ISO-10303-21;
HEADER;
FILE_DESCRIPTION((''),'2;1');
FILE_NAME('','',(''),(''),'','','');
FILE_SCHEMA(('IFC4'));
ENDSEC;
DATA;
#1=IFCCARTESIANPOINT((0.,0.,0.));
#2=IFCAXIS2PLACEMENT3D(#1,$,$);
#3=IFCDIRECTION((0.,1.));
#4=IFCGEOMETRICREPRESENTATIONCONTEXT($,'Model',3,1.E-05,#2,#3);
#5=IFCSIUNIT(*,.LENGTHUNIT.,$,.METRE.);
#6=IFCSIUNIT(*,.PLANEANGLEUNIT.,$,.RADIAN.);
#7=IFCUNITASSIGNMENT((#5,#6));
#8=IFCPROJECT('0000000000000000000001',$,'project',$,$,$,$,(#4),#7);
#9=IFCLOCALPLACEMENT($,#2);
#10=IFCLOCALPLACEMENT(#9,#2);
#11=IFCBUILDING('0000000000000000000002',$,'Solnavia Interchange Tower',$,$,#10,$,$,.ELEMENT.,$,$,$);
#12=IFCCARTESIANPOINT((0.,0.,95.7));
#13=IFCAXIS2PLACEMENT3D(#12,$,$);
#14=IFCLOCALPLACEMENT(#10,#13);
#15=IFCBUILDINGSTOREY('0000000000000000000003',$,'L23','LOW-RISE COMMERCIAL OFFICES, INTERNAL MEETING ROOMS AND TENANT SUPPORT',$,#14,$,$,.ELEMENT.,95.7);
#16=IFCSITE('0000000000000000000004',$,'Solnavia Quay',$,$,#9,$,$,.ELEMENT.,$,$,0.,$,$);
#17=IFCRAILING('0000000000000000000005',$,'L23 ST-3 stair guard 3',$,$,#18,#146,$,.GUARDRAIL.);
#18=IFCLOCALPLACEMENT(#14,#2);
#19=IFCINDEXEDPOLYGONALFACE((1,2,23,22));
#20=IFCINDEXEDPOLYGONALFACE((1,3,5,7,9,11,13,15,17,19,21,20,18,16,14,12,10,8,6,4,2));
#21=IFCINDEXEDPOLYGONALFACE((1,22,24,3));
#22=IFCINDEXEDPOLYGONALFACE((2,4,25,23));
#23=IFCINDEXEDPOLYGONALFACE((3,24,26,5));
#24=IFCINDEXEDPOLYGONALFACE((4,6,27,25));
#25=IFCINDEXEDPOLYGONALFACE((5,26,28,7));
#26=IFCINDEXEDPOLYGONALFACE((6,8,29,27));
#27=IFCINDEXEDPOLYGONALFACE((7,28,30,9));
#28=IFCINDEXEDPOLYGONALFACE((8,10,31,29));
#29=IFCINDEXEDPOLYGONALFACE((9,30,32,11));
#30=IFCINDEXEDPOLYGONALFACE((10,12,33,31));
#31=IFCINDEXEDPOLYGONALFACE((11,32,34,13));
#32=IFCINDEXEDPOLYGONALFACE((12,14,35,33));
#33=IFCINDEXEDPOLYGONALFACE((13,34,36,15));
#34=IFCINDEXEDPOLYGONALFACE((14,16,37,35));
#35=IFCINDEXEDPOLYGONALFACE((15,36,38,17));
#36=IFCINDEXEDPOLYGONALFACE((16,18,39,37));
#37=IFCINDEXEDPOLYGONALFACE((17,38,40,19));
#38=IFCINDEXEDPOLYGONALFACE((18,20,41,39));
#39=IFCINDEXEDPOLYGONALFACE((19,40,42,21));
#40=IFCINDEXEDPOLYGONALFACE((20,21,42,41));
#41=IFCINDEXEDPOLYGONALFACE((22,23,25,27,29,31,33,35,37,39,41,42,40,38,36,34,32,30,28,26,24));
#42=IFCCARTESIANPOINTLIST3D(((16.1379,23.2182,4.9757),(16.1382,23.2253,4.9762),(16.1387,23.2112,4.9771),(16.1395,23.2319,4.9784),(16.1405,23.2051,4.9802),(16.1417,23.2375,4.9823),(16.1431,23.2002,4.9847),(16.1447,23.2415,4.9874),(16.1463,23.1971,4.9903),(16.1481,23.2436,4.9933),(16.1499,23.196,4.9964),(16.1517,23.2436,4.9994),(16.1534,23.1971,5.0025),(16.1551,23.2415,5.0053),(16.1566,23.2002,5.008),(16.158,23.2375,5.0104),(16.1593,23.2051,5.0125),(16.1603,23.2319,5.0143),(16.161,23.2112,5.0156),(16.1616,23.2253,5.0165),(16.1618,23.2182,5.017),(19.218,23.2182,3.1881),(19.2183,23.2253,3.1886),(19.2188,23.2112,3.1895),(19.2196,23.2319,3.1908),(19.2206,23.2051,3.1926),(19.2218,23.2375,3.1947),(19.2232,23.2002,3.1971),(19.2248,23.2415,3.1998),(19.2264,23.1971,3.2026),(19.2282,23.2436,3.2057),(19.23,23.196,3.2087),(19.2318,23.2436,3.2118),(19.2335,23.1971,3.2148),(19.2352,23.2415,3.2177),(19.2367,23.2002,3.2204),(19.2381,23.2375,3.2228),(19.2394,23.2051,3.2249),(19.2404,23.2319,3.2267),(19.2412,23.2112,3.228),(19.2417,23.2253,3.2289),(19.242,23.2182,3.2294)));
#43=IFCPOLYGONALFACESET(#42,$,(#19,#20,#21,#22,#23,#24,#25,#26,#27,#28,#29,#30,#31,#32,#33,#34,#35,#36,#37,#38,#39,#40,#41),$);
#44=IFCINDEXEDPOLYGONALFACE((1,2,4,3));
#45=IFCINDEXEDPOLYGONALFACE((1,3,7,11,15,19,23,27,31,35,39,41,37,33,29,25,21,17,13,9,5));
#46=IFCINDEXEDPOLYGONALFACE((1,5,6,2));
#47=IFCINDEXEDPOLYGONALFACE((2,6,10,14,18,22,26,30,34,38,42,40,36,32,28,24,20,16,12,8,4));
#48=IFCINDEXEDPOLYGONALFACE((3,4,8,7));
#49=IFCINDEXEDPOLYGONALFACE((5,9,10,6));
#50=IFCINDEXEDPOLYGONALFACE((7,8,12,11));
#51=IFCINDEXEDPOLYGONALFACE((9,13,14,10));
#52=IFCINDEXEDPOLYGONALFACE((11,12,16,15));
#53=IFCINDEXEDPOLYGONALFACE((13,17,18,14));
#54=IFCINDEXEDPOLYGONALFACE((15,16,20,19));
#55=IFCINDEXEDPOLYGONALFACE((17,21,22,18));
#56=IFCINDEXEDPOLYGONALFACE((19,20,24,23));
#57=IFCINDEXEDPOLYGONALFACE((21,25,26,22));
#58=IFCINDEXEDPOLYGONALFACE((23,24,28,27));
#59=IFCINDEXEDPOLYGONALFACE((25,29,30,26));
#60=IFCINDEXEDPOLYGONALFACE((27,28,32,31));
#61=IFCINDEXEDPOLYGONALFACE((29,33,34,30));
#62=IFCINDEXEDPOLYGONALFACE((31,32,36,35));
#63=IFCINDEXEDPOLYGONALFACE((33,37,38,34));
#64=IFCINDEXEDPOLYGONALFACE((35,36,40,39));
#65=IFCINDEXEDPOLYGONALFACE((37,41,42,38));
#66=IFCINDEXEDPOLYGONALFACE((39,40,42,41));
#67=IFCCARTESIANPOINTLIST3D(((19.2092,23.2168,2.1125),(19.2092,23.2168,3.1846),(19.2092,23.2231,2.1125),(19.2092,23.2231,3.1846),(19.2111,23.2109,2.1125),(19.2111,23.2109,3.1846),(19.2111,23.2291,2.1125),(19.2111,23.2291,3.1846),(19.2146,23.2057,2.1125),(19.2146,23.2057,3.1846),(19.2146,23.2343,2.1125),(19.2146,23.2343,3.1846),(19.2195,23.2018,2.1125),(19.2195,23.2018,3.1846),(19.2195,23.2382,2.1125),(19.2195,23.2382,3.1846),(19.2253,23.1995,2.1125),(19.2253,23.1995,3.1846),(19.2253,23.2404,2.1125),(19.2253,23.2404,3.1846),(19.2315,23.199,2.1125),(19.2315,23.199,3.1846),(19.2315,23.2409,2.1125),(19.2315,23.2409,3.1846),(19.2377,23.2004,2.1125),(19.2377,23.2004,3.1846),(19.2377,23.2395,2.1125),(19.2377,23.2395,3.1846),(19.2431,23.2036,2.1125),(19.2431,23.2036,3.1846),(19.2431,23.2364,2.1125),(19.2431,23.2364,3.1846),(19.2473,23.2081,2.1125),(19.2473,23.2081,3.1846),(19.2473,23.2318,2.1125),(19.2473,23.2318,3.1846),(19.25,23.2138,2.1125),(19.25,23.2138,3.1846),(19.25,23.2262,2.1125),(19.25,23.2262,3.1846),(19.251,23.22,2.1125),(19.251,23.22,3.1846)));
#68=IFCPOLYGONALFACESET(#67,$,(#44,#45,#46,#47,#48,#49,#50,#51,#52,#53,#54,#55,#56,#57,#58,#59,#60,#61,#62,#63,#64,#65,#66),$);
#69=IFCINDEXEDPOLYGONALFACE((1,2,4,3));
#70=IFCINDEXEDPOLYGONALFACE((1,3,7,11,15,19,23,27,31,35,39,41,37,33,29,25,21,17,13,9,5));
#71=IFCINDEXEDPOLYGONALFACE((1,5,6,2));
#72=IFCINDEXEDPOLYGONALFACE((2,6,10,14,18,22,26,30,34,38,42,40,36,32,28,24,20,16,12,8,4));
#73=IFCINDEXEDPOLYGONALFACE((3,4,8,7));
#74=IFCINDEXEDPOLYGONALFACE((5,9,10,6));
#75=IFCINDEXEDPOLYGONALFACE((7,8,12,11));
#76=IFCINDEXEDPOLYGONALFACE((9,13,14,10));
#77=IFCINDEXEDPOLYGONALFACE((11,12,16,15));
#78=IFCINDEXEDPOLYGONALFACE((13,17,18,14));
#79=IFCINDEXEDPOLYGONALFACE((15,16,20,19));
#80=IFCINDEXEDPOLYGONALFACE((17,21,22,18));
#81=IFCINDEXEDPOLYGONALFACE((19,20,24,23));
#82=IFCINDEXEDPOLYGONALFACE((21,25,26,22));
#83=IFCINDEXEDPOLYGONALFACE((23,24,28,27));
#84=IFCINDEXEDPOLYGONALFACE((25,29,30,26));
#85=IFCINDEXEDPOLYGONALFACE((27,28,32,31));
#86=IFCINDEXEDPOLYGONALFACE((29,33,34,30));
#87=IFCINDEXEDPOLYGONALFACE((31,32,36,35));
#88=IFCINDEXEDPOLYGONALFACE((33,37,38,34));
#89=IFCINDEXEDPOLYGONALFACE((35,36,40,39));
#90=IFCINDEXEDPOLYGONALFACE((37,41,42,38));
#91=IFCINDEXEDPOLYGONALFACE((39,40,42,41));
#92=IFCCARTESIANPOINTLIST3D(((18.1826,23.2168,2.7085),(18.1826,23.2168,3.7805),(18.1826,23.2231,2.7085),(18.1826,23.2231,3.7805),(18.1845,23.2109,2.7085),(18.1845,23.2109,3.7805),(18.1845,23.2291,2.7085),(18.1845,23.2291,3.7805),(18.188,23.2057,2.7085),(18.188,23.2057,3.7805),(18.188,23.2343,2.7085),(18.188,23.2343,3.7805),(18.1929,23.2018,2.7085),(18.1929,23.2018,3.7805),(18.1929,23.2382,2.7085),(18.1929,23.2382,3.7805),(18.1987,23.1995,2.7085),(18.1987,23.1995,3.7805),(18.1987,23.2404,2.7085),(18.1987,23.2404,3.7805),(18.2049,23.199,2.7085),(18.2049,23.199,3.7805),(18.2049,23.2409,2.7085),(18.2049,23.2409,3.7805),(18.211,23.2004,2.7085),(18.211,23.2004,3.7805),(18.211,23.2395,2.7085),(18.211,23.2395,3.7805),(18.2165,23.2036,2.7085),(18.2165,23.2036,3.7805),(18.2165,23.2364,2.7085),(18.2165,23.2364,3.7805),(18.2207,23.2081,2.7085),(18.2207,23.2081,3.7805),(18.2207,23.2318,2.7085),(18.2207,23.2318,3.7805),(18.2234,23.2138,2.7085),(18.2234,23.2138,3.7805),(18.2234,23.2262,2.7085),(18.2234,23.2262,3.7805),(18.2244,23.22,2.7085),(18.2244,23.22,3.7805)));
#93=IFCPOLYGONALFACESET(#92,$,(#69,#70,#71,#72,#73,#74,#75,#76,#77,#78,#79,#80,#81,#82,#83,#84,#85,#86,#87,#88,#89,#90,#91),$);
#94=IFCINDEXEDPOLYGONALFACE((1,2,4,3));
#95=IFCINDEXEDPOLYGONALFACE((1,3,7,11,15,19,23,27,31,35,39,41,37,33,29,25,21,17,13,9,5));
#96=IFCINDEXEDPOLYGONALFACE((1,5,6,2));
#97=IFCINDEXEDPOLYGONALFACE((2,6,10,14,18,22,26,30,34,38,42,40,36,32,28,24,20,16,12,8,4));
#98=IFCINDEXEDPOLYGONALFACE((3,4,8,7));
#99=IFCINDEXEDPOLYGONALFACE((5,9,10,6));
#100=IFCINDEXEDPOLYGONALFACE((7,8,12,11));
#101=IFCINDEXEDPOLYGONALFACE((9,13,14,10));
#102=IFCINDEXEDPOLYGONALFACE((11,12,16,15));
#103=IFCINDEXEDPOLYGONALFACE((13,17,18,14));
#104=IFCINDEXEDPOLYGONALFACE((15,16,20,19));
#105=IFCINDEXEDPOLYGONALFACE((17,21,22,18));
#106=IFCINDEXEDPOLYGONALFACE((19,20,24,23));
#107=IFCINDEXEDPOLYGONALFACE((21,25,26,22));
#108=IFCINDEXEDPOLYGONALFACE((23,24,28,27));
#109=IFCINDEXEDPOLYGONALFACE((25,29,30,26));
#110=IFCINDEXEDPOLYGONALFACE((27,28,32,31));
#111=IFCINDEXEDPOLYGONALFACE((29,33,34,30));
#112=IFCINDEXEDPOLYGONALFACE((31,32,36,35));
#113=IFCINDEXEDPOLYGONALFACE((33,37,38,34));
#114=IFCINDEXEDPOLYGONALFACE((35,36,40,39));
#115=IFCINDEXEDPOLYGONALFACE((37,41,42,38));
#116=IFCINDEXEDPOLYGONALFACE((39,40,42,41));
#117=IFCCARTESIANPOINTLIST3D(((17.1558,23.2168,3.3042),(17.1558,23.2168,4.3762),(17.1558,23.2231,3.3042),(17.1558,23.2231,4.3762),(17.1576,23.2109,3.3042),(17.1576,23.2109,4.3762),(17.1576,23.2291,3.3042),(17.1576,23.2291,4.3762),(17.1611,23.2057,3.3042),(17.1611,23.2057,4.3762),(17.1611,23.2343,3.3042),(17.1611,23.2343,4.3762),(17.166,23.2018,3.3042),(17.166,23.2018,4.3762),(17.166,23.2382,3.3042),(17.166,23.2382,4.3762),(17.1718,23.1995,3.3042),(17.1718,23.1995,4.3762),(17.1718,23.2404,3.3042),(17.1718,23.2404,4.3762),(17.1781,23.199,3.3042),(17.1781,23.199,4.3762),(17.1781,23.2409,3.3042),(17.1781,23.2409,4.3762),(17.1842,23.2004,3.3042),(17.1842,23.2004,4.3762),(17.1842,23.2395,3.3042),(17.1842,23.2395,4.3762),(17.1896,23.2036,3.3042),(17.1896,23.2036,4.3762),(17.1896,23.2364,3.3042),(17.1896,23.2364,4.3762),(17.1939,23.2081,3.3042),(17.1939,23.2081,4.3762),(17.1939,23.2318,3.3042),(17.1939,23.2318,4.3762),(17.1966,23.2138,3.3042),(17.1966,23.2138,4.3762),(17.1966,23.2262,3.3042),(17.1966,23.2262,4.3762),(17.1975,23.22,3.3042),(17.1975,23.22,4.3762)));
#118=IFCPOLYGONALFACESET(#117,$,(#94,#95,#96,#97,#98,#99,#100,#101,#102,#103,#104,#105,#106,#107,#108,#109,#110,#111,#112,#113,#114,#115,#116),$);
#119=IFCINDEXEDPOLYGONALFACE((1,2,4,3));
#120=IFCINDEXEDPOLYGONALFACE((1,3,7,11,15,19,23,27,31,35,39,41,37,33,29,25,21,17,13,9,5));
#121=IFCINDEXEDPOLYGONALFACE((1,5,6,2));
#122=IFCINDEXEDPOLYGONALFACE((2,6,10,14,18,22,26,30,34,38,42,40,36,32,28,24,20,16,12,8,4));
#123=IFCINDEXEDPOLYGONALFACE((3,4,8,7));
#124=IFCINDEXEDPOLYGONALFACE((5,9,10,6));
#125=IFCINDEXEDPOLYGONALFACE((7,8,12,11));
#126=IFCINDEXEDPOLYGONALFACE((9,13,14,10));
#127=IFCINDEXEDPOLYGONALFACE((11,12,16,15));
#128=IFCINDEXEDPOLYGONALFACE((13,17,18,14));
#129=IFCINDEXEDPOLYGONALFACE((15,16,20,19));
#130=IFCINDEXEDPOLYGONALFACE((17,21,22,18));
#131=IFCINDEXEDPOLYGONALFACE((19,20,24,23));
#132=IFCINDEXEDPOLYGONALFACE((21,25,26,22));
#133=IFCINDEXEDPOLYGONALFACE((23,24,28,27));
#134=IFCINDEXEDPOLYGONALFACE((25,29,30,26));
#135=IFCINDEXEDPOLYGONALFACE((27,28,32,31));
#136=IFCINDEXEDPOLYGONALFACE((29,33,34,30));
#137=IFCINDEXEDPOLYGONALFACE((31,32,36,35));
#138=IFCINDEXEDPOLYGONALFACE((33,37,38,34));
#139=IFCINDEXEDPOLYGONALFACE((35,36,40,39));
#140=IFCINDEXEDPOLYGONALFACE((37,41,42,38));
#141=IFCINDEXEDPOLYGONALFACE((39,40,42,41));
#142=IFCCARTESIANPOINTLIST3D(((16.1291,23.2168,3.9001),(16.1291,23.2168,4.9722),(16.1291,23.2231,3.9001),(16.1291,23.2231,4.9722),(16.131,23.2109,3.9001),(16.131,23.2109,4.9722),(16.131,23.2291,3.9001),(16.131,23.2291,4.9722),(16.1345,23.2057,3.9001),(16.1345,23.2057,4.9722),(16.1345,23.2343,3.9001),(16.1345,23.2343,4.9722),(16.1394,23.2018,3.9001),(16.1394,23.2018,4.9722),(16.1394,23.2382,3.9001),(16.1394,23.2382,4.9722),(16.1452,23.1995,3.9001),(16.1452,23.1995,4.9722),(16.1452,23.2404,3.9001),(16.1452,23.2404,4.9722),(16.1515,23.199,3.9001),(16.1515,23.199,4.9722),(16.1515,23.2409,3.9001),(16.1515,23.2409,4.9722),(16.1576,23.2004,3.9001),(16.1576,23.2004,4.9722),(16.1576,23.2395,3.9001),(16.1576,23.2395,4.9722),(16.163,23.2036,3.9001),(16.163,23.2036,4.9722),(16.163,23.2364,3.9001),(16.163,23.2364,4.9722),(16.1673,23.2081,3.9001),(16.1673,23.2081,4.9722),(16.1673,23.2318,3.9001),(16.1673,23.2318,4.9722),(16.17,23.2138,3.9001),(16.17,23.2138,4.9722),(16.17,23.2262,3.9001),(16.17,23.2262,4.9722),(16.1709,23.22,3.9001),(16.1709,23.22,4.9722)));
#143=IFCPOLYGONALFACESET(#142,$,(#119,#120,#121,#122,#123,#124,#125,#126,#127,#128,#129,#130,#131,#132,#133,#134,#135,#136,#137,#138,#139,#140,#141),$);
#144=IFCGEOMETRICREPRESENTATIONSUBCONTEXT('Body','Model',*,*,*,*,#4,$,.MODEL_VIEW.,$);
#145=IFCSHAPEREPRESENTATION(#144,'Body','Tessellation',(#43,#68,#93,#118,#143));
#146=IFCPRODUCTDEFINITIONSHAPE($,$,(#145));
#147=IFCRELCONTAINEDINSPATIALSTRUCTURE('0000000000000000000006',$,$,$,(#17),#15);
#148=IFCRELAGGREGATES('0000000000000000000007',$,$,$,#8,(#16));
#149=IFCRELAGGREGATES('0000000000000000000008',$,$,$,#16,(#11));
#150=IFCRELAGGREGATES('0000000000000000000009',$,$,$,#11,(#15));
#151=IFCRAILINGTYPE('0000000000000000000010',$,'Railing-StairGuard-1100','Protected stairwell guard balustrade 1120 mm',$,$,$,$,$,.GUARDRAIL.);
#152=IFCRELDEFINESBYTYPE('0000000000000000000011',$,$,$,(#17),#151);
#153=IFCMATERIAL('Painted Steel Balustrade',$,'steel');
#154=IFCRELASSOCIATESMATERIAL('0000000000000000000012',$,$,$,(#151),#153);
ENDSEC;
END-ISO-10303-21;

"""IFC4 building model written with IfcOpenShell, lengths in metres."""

from ifc_helpers import new_model, si_unit, direction, frame, origin, origin_2d, place, context, subcontext, project, spatial, circle, extrude, material, type_object, element, save


model = new_model("IFC4")

# Units and contexts
model_context = context("Model", 3, precision=1e-05, world=origin(), true_north=direction((0.0, 1.0)))
body_context = subcontext(model_context, "Body", "Model", "MODEL_VIEW")
ifc_project = project(units=[si_unit("LENGTHUNIT", "METRE"), si_unit("PLANEANGLEUNIT", "RADIAN")], contexts=[model_context])

# Site, building, storey
site_placement = place(None, origin())
site = spatial("IfcSite", under=ifc_project, at=site_placement, Name="Solnavia Quay", CompositionType="ELEMENT", RefElevation=0.0)
building_placement = place(site_placement, origin())
building = spatial("IfcBuilding", under=site, at=building_placement, Name="Solnavia Interchange Tower", CompositionType="ELEMENT")
storey_placement = place(building_placement, frame((0.0, 0.0, 95.7)))
storey = spatial("IfcBuildingStorey", under=building, at=storey_placement, Name="L23", Description="LOW-RISE COMMERCIAL OFFICES, INTERNAL MEETING ROOMS AND TENANT SUPPORT", CompositionType="ELEMENT", Elevation=95.7)

# Railing
ifc_material_1 = material(Name="Painted Steel Balustrade", Category="steel")
railing_type_1 = type_object("IfcRailingType", Name="Railing-StairGuard-1100", Description="Protected stairwell guard balustrade 1120 mm", PredefinedType="GUARDRAIL", material=ifc_material_1)
railing_1_placement = place(storey_placement, frame((19.23, 23.22, 2.1125)))
element("IfcRailing", 1, at=railing_1_placement, inside=storey, type_object=railing_type_1, Name="L23 ST-3 stair guard 3", PredefinedType="GUARDRAIL", context=body_context, shape_type="SweptSolid", body=[
    extrude(circle(Radius=0.0239, at=origin_2d()), frame((0.0, 0.0, 1.0962), z_axis=(-0.864891, 0.0, 0.50196), x_axis=(0.0, -1.0, 0.0)), (0.0, 0.0, 1.0), 3.5613),
    extrude(circle(Radius=0.021, at=origin_2d()), origin(), (0.0, 0.0, 1.0), 1.072),
    extrude(circle(Radius=0.021, at=origin_2d()), frame((-1.0266, 0.0, 0.5959)), (0.0, 0.0, 1.0), 1.072),
    extrude(circle(Radius=0.021, at=origin_2d()), frame((-2.0535, 0.0, 1.1917)), (0.0, 0.0, 1.0), 1.072),
    extrude(circle(Radius=0.021, at=origin_2d()), frame((-3.0801, 0.0, 1.7876)), (0.0, 0.0, 1.0), 1.072),
])

save(model, "model.ifc")
